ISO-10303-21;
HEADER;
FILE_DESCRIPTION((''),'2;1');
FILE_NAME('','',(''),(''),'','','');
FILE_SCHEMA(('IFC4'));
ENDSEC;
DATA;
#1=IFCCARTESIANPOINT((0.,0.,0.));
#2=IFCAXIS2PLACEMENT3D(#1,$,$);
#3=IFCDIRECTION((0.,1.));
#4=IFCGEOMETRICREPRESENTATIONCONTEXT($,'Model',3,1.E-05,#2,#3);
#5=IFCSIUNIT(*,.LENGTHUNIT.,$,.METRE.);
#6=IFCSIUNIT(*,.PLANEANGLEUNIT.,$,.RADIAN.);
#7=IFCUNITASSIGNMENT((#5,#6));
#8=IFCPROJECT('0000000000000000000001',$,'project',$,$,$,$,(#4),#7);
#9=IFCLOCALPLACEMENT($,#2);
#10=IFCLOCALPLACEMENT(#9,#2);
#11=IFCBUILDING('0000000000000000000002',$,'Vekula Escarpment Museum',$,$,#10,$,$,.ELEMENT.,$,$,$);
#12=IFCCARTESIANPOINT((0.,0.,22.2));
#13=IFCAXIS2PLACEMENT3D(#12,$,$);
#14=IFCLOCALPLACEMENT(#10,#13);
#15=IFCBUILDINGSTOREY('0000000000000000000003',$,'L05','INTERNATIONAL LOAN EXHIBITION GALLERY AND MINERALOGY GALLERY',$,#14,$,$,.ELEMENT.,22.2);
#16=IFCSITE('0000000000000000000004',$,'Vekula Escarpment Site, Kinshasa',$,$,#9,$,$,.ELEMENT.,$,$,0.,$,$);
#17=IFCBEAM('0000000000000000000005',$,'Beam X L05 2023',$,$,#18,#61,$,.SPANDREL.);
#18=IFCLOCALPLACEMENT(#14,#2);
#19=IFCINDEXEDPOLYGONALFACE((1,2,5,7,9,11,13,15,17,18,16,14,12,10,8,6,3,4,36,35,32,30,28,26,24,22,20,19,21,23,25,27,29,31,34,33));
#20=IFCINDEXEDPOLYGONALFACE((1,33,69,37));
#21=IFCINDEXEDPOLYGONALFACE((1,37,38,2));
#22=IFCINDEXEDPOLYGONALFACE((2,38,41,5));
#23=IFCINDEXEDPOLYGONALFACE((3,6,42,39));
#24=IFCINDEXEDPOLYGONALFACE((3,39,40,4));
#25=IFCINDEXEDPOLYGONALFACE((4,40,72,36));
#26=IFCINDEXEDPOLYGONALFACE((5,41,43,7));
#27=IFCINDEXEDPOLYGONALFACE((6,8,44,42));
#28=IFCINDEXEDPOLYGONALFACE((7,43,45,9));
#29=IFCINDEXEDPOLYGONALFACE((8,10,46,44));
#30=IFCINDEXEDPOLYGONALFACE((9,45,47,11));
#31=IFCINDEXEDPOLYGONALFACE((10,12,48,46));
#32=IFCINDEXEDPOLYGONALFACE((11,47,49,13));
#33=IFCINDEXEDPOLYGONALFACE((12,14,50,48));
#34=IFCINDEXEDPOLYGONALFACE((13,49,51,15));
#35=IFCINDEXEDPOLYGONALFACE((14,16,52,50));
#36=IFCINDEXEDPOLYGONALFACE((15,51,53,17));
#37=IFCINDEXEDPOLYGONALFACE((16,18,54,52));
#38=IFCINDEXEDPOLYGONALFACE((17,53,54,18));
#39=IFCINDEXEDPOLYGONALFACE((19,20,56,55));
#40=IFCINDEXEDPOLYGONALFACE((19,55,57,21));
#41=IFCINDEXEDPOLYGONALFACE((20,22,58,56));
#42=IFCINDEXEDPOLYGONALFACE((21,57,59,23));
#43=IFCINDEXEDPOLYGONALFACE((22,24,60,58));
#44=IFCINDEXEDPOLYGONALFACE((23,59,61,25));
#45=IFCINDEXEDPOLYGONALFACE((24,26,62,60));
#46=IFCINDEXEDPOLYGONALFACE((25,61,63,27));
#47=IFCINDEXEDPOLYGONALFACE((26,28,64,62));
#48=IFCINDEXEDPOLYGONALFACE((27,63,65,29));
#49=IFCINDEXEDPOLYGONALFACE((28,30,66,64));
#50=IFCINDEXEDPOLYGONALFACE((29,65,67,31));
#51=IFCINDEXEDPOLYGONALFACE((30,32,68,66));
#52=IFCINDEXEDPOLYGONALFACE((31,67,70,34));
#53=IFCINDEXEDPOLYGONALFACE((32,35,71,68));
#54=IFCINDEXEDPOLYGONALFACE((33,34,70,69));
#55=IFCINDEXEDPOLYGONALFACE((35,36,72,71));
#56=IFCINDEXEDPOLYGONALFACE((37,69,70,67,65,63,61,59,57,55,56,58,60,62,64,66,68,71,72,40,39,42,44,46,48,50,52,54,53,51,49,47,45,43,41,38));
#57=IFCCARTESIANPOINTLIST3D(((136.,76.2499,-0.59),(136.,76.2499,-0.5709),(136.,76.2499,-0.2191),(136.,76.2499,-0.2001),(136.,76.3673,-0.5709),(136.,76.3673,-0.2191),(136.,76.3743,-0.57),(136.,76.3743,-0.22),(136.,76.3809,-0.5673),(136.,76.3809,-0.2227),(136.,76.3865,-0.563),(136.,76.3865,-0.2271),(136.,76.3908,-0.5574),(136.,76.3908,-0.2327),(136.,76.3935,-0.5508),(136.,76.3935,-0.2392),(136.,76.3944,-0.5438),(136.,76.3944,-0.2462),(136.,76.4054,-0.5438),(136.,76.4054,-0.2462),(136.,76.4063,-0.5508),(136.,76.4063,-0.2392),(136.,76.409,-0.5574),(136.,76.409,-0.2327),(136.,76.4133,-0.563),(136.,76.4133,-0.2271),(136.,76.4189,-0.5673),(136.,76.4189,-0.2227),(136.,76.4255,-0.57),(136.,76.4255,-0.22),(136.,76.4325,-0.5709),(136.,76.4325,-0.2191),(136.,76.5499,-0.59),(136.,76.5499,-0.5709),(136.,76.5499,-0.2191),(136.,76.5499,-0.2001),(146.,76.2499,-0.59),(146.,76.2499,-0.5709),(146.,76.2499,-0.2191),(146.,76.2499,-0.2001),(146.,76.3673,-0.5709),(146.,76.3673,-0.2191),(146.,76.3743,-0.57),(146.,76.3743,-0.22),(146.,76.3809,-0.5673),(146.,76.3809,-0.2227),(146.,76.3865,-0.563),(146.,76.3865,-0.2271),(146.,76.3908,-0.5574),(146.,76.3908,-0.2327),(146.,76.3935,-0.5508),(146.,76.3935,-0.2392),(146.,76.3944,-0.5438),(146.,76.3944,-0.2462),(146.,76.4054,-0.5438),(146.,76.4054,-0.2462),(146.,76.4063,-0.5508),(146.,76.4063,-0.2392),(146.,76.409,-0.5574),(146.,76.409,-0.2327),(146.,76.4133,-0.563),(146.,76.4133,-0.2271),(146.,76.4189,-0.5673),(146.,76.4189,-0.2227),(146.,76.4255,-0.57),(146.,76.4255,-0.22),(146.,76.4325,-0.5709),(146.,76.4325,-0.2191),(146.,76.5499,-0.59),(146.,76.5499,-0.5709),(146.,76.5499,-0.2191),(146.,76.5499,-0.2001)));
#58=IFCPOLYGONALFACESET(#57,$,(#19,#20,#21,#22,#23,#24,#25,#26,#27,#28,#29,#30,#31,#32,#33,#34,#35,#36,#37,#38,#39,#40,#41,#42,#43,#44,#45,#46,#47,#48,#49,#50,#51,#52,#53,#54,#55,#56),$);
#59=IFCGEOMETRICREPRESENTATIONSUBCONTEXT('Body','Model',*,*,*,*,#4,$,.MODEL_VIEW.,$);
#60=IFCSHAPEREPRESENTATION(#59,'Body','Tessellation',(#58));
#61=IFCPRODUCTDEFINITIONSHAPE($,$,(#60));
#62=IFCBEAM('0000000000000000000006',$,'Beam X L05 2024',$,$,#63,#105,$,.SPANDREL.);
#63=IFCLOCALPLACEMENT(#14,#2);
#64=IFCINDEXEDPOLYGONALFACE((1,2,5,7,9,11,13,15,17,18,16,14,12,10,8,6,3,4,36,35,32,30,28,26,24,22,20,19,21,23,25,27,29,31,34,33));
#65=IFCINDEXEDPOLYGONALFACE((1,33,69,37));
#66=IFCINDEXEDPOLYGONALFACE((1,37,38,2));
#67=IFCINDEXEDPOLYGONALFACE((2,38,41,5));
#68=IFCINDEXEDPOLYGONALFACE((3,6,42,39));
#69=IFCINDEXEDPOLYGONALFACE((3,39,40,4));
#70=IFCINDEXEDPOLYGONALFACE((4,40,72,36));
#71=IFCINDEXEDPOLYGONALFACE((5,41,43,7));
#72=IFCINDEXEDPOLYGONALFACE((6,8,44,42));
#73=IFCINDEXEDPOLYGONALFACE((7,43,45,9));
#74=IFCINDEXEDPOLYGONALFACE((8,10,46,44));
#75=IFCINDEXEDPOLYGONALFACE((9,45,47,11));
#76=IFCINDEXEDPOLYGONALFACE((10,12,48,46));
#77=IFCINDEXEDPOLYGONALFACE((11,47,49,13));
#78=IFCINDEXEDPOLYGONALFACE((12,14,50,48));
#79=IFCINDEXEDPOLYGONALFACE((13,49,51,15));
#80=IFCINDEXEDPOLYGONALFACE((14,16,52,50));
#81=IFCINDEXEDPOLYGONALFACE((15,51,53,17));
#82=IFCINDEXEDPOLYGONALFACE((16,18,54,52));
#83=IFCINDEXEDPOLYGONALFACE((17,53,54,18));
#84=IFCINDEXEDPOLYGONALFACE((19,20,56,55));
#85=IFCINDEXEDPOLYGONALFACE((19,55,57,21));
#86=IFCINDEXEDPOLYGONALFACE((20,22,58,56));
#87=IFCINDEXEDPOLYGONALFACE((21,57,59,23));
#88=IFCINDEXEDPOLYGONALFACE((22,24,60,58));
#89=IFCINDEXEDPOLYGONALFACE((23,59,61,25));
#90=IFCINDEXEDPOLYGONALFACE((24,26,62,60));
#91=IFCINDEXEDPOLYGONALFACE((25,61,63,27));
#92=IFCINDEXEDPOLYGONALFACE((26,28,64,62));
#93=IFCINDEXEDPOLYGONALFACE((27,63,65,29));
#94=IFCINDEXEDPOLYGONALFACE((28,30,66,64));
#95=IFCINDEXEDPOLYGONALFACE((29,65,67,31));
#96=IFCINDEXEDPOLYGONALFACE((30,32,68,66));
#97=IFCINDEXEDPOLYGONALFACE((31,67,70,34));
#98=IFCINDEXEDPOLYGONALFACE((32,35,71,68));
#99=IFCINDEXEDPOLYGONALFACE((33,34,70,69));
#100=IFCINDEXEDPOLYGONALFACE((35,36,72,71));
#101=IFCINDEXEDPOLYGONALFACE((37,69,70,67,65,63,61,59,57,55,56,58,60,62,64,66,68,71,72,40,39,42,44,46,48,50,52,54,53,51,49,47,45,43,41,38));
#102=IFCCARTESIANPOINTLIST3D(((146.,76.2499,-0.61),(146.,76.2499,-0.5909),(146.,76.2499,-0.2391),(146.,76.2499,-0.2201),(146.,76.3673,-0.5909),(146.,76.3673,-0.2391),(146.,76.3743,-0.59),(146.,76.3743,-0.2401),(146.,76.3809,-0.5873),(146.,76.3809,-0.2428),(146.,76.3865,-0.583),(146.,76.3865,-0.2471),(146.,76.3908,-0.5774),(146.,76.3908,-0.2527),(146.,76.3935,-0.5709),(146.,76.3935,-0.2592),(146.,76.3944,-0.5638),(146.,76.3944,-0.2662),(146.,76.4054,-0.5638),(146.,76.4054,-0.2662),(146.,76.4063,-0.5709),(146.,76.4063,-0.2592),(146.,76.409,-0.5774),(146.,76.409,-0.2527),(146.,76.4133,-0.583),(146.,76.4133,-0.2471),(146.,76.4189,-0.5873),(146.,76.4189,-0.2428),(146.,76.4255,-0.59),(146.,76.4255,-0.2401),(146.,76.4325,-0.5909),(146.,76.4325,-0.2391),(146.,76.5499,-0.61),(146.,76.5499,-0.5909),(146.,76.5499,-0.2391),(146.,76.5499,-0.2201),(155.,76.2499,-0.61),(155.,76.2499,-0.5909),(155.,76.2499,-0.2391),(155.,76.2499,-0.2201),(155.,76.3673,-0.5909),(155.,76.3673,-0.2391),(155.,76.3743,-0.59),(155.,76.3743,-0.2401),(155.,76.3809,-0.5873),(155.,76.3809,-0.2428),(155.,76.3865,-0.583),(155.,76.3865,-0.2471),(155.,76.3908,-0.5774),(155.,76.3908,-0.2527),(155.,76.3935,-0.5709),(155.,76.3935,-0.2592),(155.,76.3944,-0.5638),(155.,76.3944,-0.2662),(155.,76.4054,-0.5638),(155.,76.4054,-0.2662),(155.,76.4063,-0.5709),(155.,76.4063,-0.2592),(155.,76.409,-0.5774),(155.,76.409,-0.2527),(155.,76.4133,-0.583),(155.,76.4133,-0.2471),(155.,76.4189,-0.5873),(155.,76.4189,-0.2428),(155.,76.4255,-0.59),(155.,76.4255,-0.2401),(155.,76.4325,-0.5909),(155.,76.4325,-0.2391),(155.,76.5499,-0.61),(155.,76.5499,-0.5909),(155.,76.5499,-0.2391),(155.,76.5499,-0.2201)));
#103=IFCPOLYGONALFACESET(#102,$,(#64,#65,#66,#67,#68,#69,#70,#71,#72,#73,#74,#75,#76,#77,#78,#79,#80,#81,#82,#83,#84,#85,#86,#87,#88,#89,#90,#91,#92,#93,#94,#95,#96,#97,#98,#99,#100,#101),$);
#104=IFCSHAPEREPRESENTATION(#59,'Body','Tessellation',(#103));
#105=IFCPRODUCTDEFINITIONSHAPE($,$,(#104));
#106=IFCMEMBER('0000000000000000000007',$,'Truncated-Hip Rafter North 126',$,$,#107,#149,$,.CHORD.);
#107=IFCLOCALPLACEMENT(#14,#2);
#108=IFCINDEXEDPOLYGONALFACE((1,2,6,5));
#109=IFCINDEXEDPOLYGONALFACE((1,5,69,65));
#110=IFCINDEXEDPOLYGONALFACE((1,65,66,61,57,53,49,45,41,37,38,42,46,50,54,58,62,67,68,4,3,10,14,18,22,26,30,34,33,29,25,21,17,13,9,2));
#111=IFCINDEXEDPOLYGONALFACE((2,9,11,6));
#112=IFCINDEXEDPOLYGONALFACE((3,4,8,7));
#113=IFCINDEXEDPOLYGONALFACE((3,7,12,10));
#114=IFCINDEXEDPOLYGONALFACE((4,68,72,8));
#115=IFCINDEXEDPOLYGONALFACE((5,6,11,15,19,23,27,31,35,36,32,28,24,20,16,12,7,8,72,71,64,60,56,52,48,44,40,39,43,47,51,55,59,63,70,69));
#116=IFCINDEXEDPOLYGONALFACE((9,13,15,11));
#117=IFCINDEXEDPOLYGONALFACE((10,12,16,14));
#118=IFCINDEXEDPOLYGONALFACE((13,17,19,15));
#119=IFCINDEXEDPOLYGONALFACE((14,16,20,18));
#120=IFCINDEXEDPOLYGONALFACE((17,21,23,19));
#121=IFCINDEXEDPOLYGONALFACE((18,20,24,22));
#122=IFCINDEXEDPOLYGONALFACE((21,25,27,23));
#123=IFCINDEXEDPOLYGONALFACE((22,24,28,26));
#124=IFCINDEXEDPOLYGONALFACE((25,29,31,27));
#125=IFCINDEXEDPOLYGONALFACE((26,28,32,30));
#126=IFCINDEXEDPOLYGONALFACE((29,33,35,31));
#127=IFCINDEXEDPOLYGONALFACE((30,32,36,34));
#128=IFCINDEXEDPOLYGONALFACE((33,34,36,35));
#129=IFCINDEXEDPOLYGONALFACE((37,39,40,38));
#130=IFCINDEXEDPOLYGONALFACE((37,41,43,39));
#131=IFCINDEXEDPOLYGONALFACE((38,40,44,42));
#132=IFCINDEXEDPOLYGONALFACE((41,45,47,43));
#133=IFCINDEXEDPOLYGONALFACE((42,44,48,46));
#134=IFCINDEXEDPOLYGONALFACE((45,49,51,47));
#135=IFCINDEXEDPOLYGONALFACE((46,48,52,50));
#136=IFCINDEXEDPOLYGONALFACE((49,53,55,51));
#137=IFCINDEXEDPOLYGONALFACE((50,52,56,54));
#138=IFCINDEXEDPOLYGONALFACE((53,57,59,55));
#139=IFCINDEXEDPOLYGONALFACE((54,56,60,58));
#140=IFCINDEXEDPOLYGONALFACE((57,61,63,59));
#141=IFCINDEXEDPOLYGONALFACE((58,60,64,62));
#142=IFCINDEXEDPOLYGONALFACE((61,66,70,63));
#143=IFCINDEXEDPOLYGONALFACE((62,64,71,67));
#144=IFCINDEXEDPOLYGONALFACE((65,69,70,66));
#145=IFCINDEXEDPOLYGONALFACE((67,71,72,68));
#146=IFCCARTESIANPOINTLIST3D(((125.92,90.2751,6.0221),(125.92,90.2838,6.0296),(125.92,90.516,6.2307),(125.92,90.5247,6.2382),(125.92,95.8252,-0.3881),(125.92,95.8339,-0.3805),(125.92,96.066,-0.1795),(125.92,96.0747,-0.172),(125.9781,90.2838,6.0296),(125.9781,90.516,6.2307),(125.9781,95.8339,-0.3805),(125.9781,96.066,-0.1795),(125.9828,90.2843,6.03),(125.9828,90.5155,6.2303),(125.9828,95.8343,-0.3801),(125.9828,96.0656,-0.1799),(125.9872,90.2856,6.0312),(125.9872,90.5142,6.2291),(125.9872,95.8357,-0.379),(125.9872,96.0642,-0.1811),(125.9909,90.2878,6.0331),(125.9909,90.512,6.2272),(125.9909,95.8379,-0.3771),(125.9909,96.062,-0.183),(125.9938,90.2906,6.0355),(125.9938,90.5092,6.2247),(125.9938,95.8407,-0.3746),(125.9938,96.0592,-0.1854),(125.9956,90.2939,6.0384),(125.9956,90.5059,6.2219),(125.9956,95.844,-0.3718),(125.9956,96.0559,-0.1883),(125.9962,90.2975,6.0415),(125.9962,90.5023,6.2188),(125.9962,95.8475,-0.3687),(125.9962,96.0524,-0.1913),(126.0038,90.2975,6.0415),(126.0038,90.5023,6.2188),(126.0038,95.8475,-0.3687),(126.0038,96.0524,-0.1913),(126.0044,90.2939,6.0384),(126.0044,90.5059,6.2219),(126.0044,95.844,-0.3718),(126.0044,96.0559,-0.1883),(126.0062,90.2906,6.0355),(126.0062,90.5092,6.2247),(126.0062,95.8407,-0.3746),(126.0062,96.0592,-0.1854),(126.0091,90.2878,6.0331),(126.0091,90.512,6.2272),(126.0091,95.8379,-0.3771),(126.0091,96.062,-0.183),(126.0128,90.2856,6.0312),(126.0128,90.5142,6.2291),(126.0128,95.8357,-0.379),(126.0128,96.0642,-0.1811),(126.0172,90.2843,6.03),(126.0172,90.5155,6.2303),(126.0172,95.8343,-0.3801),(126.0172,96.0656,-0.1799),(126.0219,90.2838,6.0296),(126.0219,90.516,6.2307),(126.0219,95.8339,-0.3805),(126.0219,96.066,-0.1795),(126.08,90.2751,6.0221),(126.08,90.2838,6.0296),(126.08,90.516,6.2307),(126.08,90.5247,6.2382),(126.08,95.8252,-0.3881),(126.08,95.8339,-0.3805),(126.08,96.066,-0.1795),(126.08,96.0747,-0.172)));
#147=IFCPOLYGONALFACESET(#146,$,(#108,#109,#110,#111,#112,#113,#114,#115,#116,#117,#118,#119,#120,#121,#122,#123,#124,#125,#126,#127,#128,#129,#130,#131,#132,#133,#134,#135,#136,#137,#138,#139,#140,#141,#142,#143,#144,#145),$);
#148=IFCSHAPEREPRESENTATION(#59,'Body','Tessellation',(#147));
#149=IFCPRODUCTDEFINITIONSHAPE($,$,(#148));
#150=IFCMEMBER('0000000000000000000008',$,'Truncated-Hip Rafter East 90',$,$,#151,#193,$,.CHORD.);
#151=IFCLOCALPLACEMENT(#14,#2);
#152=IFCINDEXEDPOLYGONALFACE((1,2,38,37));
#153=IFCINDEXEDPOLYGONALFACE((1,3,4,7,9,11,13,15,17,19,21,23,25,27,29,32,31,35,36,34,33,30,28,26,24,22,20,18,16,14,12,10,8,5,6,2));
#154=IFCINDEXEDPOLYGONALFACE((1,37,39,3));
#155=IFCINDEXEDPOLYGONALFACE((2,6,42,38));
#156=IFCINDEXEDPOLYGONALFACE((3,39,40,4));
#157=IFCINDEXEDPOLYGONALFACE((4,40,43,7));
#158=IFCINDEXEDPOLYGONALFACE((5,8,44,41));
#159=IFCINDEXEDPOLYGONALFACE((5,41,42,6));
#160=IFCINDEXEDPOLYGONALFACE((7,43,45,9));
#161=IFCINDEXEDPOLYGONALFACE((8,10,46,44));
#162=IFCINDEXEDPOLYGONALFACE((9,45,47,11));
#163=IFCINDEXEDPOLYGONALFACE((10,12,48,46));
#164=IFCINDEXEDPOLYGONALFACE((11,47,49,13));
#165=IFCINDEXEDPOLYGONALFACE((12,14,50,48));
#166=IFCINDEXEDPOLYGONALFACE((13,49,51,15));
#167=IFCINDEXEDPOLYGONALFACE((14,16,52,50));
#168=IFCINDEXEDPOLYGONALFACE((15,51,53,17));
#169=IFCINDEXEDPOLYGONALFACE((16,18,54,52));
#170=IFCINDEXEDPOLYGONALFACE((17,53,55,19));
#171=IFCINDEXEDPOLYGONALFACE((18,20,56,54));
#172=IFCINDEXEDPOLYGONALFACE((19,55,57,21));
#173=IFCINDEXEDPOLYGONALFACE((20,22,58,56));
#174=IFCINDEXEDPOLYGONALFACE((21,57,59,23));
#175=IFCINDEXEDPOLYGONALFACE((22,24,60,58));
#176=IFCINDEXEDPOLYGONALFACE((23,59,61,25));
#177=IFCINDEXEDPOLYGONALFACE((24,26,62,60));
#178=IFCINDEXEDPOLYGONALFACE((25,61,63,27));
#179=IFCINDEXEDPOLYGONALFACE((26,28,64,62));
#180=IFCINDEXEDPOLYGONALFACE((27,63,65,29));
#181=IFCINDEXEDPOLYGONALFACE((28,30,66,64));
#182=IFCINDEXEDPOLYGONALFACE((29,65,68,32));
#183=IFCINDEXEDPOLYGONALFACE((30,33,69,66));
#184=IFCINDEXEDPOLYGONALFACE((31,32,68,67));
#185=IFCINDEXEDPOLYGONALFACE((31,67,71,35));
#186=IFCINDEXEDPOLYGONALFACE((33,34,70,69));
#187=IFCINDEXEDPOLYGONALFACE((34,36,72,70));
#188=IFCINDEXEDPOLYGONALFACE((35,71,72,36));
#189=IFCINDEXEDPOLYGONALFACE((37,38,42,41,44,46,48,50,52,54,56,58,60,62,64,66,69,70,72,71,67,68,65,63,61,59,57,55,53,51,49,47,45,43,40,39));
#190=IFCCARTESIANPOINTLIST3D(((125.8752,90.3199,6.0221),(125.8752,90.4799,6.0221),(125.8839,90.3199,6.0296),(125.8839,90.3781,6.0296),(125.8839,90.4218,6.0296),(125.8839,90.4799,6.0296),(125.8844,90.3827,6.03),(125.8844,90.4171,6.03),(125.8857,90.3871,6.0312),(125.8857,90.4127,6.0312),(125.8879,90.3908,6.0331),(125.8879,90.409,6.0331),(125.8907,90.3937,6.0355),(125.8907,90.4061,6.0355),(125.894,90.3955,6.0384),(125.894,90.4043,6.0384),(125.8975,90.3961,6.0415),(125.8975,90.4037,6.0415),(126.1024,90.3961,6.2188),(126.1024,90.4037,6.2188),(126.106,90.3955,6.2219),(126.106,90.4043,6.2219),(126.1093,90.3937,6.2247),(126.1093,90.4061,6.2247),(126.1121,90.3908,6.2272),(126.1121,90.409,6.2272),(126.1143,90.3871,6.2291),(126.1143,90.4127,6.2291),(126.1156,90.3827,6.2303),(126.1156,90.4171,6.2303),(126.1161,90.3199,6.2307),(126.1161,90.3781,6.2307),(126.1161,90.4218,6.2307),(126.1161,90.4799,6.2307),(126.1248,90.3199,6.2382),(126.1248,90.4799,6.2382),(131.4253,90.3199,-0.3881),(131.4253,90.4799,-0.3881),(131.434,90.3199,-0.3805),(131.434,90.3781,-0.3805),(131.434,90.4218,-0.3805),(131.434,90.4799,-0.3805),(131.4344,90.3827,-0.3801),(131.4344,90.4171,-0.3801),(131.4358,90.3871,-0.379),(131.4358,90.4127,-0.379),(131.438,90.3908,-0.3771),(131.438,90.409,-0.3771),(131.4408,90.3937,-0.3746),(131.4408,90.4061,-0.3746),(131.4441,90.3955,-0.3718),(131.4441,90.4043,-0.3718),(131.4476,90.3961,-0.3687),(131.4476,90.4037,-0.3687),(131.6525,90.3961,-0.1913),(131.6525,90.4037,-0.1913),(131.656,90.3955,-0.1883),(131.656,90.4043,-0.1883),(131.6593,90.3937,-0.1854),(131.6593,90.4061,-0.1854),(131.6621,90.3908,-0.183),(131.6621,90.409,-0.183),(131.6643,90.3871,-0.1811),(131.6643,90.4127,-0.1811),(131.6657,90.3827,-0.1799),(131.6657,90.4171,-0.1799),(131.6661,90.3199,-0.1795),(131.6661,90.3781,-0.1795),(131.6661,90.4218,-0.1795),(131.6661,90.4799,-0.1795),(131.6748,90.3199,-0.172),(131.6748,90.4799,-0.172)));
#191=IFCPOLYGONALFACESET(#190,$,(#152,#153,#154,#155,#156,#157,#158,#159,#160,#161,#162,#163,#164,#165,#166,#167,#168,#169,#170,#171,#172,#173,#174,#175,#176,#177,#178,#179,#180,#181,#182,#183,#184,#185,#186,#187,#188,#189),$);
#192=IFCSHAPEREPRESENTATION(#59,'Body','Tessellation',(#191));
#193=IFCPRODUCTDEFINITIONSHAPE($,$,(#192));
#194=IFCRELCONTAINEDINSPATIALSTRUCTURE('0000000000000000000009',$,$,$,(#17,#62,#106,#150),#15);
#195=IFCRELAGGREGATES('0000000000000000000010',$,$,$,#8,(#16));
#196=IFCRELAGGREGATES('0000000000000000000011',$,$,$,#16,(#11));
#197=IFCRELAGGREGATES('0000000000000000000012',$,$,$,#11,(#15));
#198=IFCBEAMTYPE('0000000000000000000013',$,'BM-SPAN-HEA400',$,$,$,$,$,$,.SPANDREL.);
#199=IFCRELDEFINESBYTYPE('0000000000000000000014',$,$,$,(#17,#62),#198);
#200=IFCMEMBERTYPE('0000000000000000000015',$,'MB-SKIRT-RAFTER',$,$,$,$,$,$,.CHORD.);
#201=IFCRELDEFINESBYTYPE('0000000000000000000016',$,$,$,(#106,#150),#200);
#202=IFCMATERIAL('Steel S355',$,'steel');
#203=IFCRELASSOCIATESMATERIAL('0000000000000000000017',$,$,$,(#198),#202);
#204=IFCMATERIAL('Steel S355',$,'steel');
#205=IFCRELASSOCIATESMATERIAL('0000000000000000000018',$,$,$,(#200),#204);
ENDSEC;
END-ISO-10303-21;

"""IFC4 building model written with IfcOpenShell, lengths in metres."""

from ifc_helpers import new_model, si_unit, direction, frame, origin, origin_2d, place, context, subcontext, project, spatial, i_section, extrude, material, material_profile, profile_set, type_object, element, save


model = new_model("IFC4")

# Units and contexts
model_context = context("Model", 3, precision=1e-05, world=origin(), true_north=direction((0.0, 1.0)))
body_context = subcontext(model_context, "Body", "Model", "MODEL_VIEW")
ifc_project = project(units=[si_unit("LENGTHUNIT", "METRE"), si_unit("PLANEANGLEUNIT", "RADIAN")], contexts=[model_context])

# Site, building, storey
site_placement = place(None, origin())
site = spatial("IfcSite", under=ifc_project, at=site_placement, Name="Vekula Escarpment Site, Kinshasa", CompositionType="ELEMENT", RefElevation=0.0)
building_placement = place(site_placement, origin())
building = spatial("IfcBuilding", under=site, at=building_placement, Name="Vekula Escarpment Museum", CompositionType="ELEMENT")
storey_placement = place(building_placement, frame((0.0, 0.0, 22.2)))
storey = spatial("IfcBuildingStorey", under=building, at=storey_placement, Name="L05", Description="INTERNATIONAL LOAN EXHIBITION GALLERY AND MINERALOGY GALLERY", CompositionType="ELEMENT", Elevation=22.2)

# Beams
ifc_material_1 = material(Name="Steel S355", Category="steel")
ifc_material_profile_1 = material_profile(ifc_material_1, i_section(OverallWidth=0.3, OverallDepth=0.3899, WebThickness=0.011, FlangeThickness=0.019, FilletRadius=0.0271, at=origin_2d()), Name="HEA 400")
ifc_profile_set_1 = profile_set([ifc_material_profile_1], Name="Steel S355")
beam_type_1 = type_object("IfcBeamType", Name="BM-SPAN-HEA400", PredefinedType="SPANDREL", material=ifc_profile_set_1)
beam_1_placement = place(storey_placement, frame((136.0, 76.3999, -0.395), z_axis=(1.0, 0.0, 0.0), x_axis=(0.0, 1.0, 0.0)))
element("IfcBeam", 1, at=beam_1_placement, inside=storey, type_object=beam_type_1, Name="Beam X L05 2023", PredefinedType="SPANDREL", context=body_context, shape_type="SweptSolid", body=[
    extrude(i_section(OverallWidth=0.3, OverallDepth=0.3899, WebThickness=0.011, FlangeThickness=0.019, FilletRadius=0.0271, at=origin_2d()), origin(), (0.0, 0.0, 1.0), 10.0),
])
beam_2_placement = place(storey_placement, frame((146.0, 76.3999, -0.415), z_axis=(1.0, 0.0, 0.0), x_axis=(0.0, 1.0, 0.0)))
element("IfcBeam", 2, at=beam_2_placement, inside=storey, type_object=beam_type_1, Name="Beam X L05 2024", PredefinedType="SPANDREL", context=body_context, shape_type="SweptSolid", body=[
    extrude(i_section(OverallWidth=0.3, OverallDepth=0.3899, WebThickness=0.011, FlangeThickness=0.019, FilletRadius=0.0271, at=origin_2d()), origin(), (0.0, 0.0, 1.0), 9.0),
])

# Members
ifc_material_2 = material(Name="Steel S355", Category="steel")
ifc_material_profile_2 = material_profile(ifc_material_2, i_section(OverallWidth=0.1599, OverallDepth=0.3301, WebThickness=0.0076, FlangeThickness=0.0115, FilletRadius=0.0181, at=origin_2d()), Name="IPE 330")
ifc_profile_set_2 = profile_set([ifc_material_profile_2], Name="Steel S355")
member_type_1 = type_object("IfcMemberType", Name="MB-SKIRT-RAFTER", PredefinedType="CHORD", material=ifc_profile_set_2)
for number, where, z_axis, x_axis, name in (
    (3, (126.0, 95.95, -0.28), (0.0, -0.654565, 0.756005), (1.0, 0.0, 0.0), "Truncated-Hip Rafter North 126"),
    (4, (131.55, 90.3999, -0.28), (-0.654565, 0.0, 0.756005), (0.0, -1.0, 0.0), "Truncated-Hip Rafter East 90"),
):
    element("IfcMember", number, at=place(storey_placement, frame(where, z_axis=z_axis, x_axis=x_axis)), inside=storey, type_object=member_type_1, Name=name, PredefinedType="CHORD", context=body_context, shape_type="SweptSolid", body=[
        extrude(i_section(OverallWidth=0.1599, OverallDepth=0.3301, WebThickness=0.0076, FlangeThickness=0.0115, FilletRadius=0.0181, at=origin_2d()), origin(), (0.0, 0.0, 1.0), 8.479),
    ])

save(model, "model.ifc")
